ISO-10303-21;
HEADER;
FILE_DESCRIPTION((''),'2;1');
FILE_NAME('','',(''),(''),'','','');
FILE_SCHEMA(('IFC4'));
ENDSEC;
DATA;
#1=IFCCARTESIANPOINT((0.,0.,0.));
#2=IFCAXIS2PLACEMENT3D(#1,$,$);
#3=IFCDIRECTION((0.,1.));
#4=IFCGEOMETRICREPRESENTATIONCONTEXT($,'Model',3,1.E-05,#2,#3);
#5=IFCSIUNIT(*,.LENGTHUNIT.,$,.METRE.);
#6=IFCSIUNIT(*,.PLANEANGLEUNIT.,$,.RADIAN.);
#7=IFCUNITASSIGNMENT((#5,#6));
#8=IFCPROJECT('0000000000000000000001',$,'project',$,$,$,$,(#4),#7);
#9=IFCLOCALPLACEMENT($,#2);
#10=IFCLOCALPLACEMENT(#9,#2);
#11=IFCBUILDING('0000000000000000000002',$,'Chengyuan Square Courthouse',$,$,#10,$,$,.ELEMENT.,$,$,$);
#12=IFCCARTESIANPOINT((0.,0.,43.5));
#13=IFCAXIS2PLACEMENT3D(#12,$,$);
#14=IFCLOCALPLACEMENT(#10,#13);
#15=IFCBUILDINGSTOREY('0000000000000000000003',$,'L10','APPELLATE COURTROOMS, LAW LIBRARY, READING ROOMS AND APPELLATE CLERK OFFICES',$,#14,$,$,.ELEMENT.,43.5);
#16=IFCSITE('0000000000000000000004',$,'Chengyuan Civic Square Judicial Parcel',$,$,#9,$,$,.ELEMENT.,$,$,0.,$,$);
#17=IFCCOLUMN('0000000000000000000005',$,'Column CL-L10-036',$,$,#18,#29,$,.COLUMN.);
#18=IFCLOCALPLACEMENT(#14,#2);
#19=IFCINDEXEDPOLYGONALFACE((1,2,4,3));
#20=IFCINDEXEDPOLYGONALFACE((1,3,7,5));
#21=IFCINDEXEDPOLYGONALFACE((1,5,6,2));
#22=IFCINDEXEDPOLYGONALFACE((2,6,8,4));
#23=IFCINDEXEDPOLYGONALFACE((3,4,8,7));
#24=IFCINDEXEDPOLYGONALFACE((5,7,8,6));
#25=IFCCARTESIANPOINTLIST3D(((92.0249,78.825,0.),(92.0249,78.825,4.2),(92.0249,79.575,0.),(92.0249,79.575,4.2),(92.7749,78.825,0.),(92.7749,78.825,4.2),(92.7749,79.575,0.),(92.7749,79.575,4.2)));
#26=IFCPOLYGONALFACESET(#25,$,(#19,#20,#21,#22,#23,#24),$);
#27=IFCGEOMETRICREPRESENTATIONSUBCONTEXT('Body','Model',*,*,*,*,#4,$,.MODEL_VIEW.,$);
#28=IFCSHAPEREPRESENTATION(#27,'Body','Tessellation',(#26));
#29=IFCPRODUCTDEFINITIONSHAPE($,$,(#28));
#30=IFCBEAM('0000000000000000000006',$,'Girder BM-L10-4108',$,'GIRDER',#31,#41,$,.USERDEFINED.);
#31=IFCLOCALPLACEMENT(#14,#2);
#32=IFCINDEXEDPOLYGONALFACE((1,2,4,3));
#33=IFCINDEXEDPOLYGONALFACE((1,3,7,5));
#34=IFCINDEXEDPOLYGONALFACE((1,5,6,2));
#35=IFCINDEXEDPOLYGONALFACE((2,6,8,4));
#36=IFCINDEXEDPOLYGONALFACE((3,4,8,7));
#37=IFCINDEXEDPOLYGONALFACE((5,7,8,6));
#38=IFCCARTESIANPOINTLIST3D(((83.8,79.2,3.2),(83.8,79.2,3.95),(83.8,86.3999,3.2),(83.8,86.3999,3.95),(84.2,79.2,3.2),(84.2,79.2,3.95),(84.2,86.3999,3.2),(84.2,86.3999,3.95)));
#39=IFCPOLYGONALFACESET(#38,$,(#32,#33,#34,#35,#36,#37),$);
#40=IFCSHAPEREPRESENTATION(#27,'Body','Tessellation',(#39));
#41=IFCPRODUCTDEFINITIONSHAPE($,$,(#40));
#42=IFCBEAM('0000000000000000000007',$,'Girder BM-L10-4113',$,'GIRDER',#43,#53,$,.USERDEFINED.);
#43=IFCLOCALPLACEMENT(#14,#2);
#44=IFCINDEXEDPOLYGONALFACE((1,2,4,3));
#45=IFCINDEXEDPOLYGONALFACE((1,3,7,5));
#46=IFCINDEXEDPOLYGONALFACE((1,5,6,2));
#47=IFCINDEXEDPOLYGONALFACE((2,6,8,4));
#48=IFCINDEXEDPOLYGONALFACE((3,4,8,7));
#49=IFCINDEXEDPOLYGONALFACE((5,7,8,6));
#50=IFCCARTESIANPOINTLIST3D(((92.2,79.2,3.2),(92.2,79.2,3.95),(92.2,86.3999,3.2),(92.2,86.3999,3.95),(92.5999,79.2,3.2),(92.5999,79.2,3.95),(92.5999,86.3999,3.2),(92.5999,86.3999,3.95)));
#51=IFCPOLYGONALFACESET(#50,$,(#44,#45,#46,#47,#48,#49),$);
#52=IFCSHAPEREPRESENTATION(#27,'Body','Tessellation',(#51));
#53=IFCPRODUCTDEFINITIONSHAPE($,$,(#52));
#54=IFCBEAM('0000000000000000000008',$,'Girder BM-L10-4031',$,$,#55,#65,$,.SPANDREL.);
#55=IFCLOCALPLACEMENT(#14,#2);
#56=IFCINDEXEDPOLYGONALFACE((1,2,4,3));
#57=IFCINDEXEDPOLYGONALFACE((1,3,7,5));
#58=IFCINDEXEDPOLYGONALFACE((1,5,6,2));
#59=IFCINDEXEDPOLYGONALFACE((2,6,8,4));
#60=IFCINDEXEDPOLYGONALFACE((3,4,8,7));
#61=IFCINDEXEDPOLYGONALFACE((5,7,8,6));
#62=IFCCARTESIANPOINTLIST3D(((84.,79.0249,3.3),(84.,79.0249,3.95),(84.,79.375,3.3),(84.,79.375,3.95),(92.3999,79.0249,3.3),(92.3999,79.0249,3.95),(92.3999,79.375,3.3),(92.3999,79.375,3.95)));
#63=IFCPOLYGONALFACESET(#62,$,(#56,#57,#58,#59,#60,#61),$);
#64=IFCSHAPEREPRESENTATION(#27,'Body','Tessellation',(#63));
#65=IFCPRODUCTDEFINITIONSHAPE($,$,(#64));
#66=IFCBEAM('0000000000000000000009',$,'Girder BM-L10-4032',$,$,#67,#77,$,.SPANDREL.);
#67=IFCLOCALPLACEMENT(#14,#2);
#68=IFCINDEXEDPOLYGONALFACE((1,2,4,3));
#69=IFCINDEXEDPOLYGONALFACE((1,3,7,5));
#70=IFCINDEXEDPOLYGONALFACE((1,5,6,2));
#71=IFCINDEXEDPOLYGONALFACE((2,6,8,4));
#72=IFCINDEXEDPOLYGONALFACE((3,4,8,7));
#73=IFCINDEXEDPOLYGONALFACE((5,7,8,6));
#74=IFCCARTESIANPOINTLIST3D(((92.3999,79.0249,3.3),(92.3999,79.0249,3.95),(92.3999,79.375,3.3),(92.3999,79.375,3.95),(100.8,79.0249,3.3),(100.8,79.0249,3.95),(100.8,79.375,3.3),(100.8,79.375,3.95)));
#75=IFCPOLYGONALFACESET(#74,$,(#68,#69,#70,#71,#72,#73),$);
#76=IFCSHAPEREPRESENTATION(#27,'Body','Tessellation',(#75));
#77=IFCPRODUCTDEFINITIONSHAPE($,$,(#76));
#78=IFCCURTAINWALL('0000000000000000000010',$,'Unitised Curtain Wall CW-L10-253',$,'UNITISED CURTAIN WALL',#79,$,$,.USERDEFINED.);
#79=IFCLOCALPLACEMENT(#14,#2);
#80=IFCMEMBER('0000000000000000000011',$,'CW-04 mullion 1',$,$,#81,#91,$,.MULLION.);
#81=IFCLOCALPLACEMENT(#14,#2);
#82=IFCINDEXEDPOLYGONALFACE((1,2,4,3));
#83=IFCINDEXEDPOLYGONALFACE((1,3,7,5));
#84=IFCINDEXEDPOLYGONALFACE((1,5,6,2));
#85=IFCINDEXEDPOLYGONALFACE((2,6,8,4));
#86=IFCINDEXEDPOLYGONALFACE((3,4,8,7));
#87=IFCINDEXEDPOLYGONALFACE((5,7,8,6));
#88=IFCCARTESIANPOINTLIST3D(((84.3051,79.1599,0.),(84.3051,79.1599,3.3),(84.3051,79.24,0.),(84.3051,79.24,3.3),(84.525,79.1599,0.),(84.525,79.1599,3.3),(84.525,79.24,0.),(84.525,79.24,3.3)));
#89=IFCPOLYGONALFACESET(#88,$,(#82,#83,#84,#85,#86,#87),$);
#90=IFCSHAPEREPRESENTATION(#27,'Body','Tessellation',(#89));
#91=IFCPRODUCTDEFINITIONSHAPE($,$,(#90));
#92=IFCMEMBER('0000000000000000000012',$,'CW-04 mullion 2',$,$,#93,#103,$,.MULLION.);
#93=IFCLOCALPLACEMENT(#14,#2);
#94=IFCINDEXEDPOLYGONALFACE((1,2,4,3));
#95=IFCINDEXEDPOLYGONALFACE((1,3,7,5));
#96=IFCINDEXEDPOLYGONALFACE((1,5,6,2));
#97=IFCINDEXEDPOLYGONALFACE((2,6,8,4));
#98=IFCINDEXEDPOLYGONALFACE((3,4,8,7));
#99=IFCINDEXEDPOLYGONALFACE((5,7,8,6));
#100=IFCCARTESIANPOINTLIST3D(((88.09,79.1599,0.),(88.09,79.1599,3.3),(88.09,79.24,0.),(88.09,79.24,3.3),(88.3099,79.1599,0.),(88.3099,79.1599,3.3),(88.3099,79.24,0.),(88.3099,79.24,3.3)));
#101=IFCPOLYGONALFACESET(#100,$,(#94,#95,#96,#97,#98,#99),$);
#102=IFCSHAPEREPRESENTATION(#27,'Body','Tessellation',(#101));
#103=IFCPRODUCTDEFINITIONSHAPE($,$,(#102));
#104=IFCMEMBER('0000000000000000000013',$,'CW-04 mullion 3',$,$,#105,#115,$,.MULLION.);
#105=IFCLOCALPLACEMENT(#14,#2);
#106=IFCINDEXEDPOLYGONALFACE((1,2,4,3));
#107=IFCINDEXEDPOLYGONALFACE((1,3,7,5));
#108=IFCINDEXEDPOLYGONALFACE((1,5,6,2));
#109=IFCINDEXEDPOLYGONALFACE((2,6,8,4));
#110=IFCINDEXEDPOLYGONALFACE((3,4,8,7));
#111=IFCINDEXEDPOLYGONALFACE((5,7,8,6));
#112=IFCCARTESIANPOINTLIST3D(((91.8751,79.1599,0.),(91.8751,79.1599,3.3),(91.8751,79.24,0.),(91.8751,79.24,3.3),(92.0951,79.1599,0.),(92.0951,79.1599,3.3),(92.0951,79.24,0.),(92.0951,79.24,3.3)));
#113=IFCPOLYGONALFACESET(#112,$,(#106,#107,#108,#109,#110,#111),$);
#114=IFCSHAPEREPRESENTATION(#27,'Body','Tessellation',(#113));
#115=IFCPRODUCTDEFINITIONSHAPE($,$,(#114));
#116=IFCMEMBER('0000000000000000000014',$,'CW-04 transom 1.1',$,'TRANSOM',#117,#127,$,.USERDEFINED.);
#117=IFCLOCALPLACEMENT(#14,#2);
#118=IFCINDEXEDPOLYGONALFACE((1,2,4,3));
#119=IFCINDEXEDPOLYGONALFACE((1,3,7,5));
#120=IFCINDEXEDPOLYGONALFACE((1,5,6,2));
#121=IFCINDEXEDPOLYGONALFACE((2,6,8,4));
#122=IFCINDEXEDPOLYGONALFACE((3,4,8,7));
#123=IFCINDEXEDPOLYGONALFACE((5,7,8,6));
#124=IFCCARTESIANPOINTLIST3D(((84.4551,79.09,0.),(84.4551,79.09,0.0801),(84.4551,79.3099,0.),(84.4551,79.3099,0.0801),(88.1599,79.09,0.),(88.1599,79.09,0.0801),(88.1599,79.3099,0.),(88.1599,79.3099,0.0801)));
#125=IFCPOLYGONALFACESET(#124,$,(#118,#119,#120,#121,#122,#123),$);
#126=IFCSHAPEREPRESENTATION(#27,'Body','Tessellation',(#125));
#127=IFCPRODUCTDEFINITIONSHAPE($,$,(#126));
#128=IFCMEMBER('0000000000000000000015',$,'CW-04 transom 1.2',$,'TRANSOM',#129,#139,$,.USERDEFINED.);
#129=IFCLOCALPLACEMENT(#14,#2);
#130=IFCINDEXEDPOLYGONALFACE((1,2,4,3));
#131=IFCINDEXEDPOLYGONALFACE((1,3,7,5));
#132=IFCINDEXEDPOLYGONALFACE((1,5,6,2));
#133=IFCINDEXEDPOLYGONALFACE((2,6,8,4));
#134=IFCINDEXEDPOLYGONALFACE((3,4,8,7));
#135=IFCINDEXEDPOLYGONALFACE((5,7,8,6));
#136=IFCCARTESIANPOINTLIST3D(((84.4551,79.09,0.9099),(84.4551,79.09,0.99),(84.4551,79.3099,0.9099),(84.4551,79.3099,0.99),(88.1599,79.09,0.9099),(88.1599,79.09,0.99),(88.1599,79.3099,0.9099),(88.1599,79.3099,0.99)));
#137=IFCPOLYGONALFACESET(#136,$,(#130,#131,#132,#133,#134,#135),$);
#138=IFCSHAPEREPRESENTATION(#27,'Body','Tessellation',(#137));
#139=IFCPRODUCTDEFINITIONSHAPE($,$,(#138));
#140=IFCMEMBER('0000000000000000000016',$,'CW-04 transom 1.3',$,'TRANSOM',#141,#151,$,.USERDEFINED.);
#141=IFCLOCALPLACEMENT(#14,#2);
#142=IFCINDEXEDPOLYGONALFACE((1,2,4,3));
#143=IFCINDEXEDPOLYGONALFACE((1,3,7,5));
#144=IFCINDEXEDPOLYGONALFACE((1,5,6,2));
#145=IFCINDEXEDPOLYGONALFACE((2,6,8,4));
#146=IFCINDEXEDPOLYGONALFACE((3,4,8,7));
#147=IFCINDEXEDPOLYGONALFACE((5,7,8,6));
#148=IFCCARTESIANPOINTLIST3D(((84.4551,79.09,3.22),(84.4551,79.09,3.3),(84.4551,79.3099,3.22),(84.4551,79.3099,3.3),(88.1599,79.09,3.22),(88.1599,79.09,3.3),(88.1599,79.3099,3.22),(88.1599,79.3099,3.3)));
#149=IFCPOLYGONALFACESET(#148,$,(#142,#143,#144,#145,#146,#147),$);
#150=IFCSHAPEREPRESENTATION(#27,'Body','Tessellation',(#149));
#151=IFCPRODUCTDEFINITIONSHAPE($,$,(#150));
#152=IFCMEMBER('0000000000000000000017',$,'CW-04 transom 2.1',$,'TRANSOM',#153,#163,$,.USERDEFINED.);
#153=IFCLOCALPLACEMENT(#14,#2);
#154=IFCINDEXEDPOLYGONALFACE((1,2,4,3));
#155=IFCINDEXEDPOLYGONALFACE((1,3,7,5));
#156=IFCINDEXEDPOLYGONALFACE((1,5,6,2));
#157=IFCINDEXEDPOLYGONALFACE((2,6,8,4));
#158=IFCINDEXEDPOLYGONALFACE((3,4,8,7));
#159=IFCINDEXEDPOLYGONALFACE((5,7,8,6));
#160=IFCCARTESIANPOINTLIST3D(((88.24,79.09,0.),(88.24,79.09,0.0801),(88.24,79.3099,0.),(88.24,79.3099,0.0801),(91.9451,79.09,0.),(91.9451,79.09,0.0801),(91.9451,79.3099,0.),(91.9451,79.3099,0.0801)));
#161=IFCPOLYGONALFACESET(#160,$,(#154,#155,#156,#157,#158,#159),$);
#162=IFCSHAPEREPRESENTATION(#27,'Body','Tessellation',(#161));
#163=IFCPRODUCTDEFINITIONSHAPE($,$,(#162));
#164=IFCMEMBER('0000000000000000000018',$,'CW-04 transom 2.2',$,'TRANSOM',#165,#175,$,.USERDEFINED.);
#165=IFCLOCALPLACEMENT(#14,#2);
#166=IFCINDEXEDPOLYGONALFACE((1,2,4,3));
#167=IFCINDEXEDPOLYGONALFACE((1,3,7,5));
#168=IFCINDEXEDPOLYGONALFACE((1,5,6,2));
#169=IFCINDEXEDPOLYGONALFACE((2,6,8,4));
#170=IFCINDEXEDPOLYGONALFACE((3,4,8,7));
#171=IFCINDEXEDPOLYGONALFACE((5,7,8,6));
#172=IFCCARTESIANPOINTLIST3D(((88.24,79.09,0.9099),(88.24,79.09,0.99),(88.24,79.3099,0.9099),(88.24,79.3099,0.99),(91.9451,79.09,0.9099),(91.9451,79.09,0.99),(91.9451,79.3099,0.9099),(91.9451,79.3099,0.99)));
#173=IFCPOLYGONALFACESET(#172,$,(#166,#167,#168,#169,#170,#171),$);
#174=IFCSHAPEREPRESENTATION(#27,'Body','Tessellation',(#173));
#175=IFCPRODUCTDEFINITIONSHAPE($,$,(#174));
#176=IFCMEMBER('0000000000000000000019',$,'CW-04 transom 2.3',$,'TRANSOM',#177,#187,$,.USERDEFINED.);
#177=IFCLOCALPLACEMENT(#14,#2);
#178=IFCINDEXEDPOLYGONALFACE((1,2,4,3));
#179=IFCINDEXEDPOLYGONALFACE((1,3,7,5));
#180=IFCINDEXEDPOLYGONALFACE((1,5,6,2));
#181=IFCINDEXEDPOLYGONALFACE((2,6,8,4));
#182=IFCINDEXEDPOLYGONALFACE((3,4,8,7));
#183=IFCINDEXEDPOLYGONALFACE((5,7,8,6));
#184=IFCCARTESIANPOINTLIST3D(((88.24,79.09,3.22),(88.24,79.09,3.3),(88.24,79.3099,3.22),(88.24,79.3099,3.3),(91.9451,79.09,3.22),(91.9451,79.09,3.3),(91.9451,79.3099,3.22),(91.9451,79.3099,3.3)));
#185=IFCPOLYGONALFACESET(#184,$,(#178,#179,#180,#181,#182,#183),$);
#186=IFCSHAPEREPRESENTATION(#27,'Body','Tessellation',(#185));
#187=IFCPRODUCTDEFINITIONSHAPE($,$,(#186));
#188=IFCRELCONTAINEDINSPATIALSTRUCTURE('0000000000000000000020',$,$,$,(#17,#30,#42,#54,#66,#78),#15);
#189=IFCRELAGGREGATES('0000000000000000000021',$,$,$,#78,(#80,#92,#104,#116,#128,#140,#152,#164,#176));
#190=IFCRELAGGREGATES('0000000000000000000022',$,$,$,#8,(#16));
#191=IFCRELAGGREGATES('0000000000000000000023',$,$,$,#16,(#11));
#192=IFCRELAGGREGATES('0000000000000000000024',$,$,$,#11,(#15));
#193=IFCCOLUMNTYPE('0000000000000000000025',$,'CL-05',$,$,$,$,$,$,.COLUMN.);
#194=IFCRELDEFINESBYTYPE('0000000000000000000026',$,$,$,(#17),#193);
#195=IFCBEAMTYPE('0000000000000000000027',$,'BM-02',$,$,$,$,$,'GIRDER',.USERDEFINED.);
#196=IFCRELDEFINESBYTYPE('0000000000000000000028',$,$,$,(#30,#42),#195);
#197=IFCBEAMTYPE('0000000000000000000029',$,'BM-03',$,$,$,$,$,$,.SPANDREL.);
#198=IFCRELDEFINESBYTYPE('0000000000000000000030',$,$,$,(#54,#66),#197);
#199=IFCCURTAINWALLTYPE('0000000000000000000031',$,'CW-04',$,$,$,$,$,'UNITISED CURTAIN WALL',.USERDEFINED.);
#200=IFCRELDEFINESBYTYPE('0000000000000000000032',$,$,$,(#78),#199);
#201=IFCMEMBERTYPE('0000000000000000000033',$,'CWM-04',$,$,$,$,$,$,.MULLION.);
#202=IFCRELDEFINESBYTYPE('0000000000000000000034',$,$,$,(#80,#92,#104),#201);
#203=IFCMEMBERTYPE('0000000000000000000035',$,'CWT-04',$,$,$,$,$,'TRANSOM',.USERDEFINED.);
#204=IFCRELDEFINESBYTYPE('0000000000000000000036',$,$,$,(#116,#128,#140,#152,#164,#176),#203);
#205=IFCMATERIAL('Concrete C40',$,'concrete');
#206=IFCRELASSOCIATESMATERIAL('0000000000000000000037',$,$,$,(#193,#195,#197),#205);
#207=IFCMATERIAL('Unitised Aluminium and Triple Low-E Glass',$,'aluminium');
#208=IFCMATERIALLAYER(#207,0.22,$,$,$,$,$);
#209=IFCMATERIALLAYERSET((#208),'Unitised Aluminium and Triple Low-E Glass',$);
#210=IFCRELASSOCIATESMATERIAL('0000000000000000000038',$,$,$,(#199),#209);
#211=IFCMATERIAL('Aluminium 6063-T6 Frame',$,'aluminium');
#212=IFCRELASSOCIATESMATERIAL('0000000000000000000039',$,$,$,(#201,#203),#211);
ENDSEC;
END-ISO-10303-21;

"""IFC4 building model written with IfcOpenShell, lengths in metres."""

from ifc_helpers import new_model, si_unit, direction, frame, origin, origin_2d, place, context, subcontext, project, spatial, rectangle, extrude, material, layer, layer_set, material_profile, profile_set, type_object, element, aggregate, save


model = new_model("IFC4")

# Units and contexts
model_context = context("Model", 3, precision=1e-05, world=origin(), true_north=direction((0.0, 1.0)))
body_context = subcontext(model_context, "Body", "Model", "MODEL_VIEW")
ifc_project = project(units=[si_unit("LENGTHUNIT", "METRE"), si_unit("PLANEANGLEUNIT", "RADIAN")], contexts=[model_context])

# Site, building, storey
site_placement = place(None, origin())
site = spatial("IfcSite", under=ifc_project, at=site_placement, Name="Chengyuan Civic Square Judicial Parcel", CompositionType="ELEMENT", RefElevation=0.0)
building_placement = place(site_placement, origin())
building = spatial("IfcBuilding", under=site, at=building_placement, Name="Chengyuan Square Courthouse", CompositionType="ELEMENT")
storey_placement = place(building_placement, frame((0.0, 0.0, 43.5)))
storey = spatial("IfcBuildingStorey", under=building, at=storey_placement, Name="L10", Description="APPELLATE COURTROOMS, LAW LIBRARY, READING ROOMS AND APPELLATE CLERK OFFICES", CompositionType="ELEMENT", Elevation=43.5)

# Column
ifc_material_1 = material(Name="Concrete C40", Category="concrete")
ifc_material_profile_1 = material_profile(ifc_material_1, rectangle(XDim=0.75, YDim=0.75, at=origin_2d()), Name="RC-COL-750x750")
ifc_profile_set_1 = profile_set([ifc_material_profile_1], Name="Concrete C40")
column_type = type_object("IfcColumnType", Name="CL-05", PredefinedType="COLUMN", material=ifc_profile_set_1)
column_placement = place(storey_placement, frame((92.3999, 79.2, 0.0), z_axis=(0.0, 0.0, 1.0), x_axis=(1.0, 0.0, 0.0)))
element("IfcColumn", 1, at=column_placement, inside=storey, type_object=column_type, Name="Column CL-L10-036", PredefinedType="COLUMN", context=body_context, shape_type="SweptSolid", body=[
    extrude(rectangle(XDim=0.75, YDim=0.75, at=origin_2d()), origin(), (0.0, 0.0, 1.0), 4.2),
])

# Beams
ifc_material_profile_2 = material_profile(ifc_material_1, rectangle(XDim=0.3999, YDim=0.75, at=origin_2d()), Name="RC-BM-400x750")
ifc_profile_set_2 = profile_set([ifc_material_profile_2], Name="Concrete C40")
beam_type_1 = type_object("IfcBeamType", Name="BM-02", ElementType="GIRDER", PredefinedType="USERDEFINED", material=ifc_profile_set_2)
for number, where, z_axis, x_axis, name in (
    (2, (84.0, 79.2, 3.575), (0.0, 1.0, 0.0), (-1.0, 0.0, 0.0), "Girder BM-L10-4108"),
    (3, (92.3999, 79.2, 3.575), (0.0, 1.0, 0.0), (-1.0, 0.0, 0.0), "Girder BM-L10-4113"),
):
    element("IfcBeam", number, at=place(storey_placement, frame(where, z_axis=z_axis, x_axis=x_axis)), inside=storey, type_object=beam_type_1, Name=name, ObjectType="GIRDER", PredefinedType="USERDEFINED", context=body_context, shape_type="SweptSolid", body=[
        extrude(rectangle(XDim=0.3999, YDim=0.75, at=origin_2d()), origin(), (0.0, 0.0, 1.0), 7.2),
    ])
ifc_material_profile_3 = material_profile(ifc_material_1, rectangle(XDim=0.3501, YDim=0.6499, at=origin_2d()), Name="RC-BM-350x650")
ifc_profile_set_3 = profile_set([ifc_material_profile_3], Name="Concrete C40")
beam_type_2 = type_object("IfcBeamType", Name="BM-03", PredefinedType="SPANDREL", material=ifc_profile_set_3)
beam_1_placement = place(storey_placement, frame((84.0, 79.2, 3.625), z_axis=(1.0, 0.0, 0.0), x_axis=(0.0, 1.0, 0.0)))
element("IfcBeam", 4, at=beam_1_placement, inside=storey, type_object=beam_type_2, Name="Girder BM-L10-4031", PredefinedType="SPANDREL", context=body_context, shape_type="SweptSolid", body=[
    extrude(rectangle(XDim=0.3501, YDim=0.6499, at=origin_2d()), origin(), (0.0, 0.0, 1.0), 8.3999),
])
beam_2_placement = place(storey_placement, frame((92.3999, 79.2, 3.625), z_axis=(1.0, 0.0, 0.0), x_axis=(0.0, 1.0, 0.0)))
element("IfcBeam", 5, at=beam_2_placement, inside=storey, type_object=beam_type_2, Name="Girder BM-L10-4032", PredefinedType="SPANDREL", context=body_context, shape_type="SweptSolid", body=[
    extrude(rectangle(XDim=0.3501, YDim=0.6499, at=origin_2d()), origin(), (0.0, 0.0, 1.0), 8.4001),
])

# Curtain wall, members
ifc_material_2 = material(Name="Unitised Aluminium and Triple Low-E Glass", Category="aluminium")
ifc_layer_1 = layer(ifc_material_2, 0.22)
ifc_layer_set_1 = layer_set([ifc_layer_1], Name="Unitised Aluminium and Triple Low-E Glass")
curtain_wall_type = type_object("IfcCurtainWallType", Name="CW-04", ElementType="UNITISED CURTAIN WALL", PredefinedType="USERDEFINED", material=ifc_layer_set_1)
curtain_wall_placement = place(storey_placement, origin())
curtain_wall = element("IfcCurtainWall", 6, at=curtain_wall_placement, inside=storey, type_object=curtain_wall_type, Name="Unitised Curtain Wall CW-L10-253", ObjectType="UNITISED CURTAIN WALL", PredefinedType="USERDEFINED")
ifc_material_3 = material(Name="Aluminium 6063-T6 Frame", Category="aluminium")
ifc_material_profile_4 = material_profile(ifc_material_3, rectangle(XDim=0.0801, YDim=0.22, at=origin_2d()), Name="CW-MUL-80x220")
ifc_profile_set_4 = profile_set([ifc_material_profile_4], Name="Aluminium 6063-T6 Frame")
member_type_1 = type_object("IfcMemberType", Name="CWM-04", PredefinedType="MULLION", material=ifc_profile_set_4)
member_1_placement = place(storey_placement, frame((84.415, 79.2, 0.0), z_axis=(0.0, 0.0, 1.0), x_axis=(0.0, 1.0, 0.0)))
member_1 = element("IfcMember", 7, at=member_1_placement, type_object=member_type_1, Name="CW-04 mullion 1", PredefinedType="MULLION", context=body_context, shape_type="SweptSolid", body=[
    extrude(rectangle(XDim=0.0801, YDim=0.22, at=origin_2d()), origin(), (0.0, 0.0, 1.0), 3.3),
])
member_2_placement = place(storey_placement, frame((88.2, 79.2, 0.0), z_axis=(0.0, 0.0, 1.0), x_axis=(0.0, 1.0, 0.0)))
member_2 = element("IfcMember", 8, at=member_2_placement, type_object=member_type_1, Name="CW-04 mullion 2", PredefinedType="MULLION", context=body_context, shape_type="SweptSolid", body=[
    extrude(rectangle(XDim=0.0801, YDim=0.22, at=origin_2d()), origin(), (0.0, 0.0, 1.0), 3.3),
])
member_3_placement = place(storey_placement, frame((91.9851, 79.2, 0.0), z_axis=(0.0, 0.0, 1.0), x_axis=(0.0, 1.0, 0.0)))
member_3 = element("IfcMember", 9, at=member_3_placement, type_object=member_type_1, Name="CW-04 mullion 3", PredefinedType="MULLION", context=body_context, shape_type="SweptSolid", body=[
    extrude(rectangle(XDim=0.0801, YDim=0.22, at=origin_2d()), origin(), (0.0, 0.0, 1.0), 3.3),
])
ifc_material_profile_5 = material_profile(ifc_material_3, rectangle(XDim=0.22, YDim=0.0801, at=origin_2d()), Name="CW-TRN-80x180")
ifc_profile_set_5 = profile_set([ifc_material_profile_5], Name="Aluminium 6063-T6 Frame")
member_type_2 = type_object("IfcMemberType", Name="CWT-04", ElementType="TRANSOM", PredefinedType="USERDEFINED", material=ifc_profile_set_5)
member_4_placement = place(storey_placement, frame((84.4551, 79.2, 0.04), z_axis=(1.0, 0.0, 0.0), x_axis=(0.0, 1.0, 0.0)))
member_4 = element("IfcMember", 10, at=member_4_placement, type_object=member_type_2, Name="CW-04 transom 1.1", ObjectType="TRANSOM", PredefinedType="USERDEFINED", context=body_context, shape_type="SweptSolid", body=[
    extrude(rectangle(XDim=0.22, YDim=0.0801, at=origin_2d()), origin(), (0.0, 0.0, 1.0), 3.7048),
])
member_5_placement = place(storey_placement, frame((84.4551, 79.2, 0.95), z_axis=(1.0, 0.0, 0.0), x_axis=(0.0, 1.0, 0.0)))
member_5 = element("IfcMember", 11, at=member_5_placement, type_object=member_type_2, Name="CW-04 transom 1.2", ObjectType="TRANSOM", PredefinedType="USERDEFINED", context=body_context, shape_type="SweptSolid", body=[
    extrude(rectangle(XDim=0.22, YDim=0.0801, at=origin_2d()), origin(), (0.0, 0.0, 1.0), 3.7048),
])
member_6_placement = place(storey_placement, frame((84.4551, 79.2, 3.26), z_axis=(1.0, 0.0, 0.0), x_axis=(0.0, 1.0, 0.0)))
member_6 = element("IfcMember", 12, at=member_6_placement, type_object=member_type_2, Name="CW-04 transom 1.3", ObjectType="TRANSOM", PredefinedType="USERDEFINED", context=body_context, shape_type="SweptSolid", body=[
    extrude(rectangle(XDim=0.22, YDim=0.0801, at=origin_2d()), origin(), (0.0, 0.0, 1.0), 3.7048),
])
member_7_placement = place(storey_placement, frame((88.24, 79.2, 0.04), z_axis=(1.0, 0.0, 0.0), x_axis=(0.0, 1.0, 0.0)))
member_7 = element("IfcMember", 13, at=member_7_placement, type_object=member_type_2, Name="CW-04 transom 2.1", ObjectType="TRANSOM", PredefinedType="USERDEFINED", context=body_context, shape_type="SweptSolid", body=[
    extrude(rectangle(XDim=0.22, YDim=0.0801, at=origin_2d()), origin(), (0.0, 0.0, 1.0), 3.7051),
])
member_8_placement = place(storey_placement, frame((88.24, 79.2, 0.95), z_axis=(1.0, 0.0, 0.0), x_axis=(0.0, 1.0, 0.0)))
member_8 = element("IfcMember", 14, at=member_8_placement, type_object=member_type_2, Name="CW-04 transom 2.2", ObjectType="TRANSOM", PredefinedType="USERDEFINED", context=body_context, shape_type="SweptSolid", body=[
    extrude(rectangle(XDim=0.22, YDim=0.0801, at=origin_2d()), origin(), (0.0, 0.0, 1.0), 3.7051),
])
member_9_placement = place(storey_placement, frame((88.24, 79.2, 3.26), z_axis=(1.0, 0.0, 0.0), x_axis=(0.0, 1.0, 0.0)))
member_9 = element("IfcMember", 15, at=member_9_placement, type_object=member_type_2, Name="CW-04 transom 2.3", ObjectType="TRANSOM", PredefinedType="USERDEFINED", context=body_context, shape_type="SweptSolid", body=[
    extrude(rectangle(XDim=0.22, YDim=0.0801, at=origin_2d()), origin(), (0.0, 0.0, 1.0), 3.7051),
])
aggregate(curtain_wall, [member_1, member_2, member_3, member_4, member_5, member_6, member_7, member_8, member_9])

save(model, "model.ifc")
